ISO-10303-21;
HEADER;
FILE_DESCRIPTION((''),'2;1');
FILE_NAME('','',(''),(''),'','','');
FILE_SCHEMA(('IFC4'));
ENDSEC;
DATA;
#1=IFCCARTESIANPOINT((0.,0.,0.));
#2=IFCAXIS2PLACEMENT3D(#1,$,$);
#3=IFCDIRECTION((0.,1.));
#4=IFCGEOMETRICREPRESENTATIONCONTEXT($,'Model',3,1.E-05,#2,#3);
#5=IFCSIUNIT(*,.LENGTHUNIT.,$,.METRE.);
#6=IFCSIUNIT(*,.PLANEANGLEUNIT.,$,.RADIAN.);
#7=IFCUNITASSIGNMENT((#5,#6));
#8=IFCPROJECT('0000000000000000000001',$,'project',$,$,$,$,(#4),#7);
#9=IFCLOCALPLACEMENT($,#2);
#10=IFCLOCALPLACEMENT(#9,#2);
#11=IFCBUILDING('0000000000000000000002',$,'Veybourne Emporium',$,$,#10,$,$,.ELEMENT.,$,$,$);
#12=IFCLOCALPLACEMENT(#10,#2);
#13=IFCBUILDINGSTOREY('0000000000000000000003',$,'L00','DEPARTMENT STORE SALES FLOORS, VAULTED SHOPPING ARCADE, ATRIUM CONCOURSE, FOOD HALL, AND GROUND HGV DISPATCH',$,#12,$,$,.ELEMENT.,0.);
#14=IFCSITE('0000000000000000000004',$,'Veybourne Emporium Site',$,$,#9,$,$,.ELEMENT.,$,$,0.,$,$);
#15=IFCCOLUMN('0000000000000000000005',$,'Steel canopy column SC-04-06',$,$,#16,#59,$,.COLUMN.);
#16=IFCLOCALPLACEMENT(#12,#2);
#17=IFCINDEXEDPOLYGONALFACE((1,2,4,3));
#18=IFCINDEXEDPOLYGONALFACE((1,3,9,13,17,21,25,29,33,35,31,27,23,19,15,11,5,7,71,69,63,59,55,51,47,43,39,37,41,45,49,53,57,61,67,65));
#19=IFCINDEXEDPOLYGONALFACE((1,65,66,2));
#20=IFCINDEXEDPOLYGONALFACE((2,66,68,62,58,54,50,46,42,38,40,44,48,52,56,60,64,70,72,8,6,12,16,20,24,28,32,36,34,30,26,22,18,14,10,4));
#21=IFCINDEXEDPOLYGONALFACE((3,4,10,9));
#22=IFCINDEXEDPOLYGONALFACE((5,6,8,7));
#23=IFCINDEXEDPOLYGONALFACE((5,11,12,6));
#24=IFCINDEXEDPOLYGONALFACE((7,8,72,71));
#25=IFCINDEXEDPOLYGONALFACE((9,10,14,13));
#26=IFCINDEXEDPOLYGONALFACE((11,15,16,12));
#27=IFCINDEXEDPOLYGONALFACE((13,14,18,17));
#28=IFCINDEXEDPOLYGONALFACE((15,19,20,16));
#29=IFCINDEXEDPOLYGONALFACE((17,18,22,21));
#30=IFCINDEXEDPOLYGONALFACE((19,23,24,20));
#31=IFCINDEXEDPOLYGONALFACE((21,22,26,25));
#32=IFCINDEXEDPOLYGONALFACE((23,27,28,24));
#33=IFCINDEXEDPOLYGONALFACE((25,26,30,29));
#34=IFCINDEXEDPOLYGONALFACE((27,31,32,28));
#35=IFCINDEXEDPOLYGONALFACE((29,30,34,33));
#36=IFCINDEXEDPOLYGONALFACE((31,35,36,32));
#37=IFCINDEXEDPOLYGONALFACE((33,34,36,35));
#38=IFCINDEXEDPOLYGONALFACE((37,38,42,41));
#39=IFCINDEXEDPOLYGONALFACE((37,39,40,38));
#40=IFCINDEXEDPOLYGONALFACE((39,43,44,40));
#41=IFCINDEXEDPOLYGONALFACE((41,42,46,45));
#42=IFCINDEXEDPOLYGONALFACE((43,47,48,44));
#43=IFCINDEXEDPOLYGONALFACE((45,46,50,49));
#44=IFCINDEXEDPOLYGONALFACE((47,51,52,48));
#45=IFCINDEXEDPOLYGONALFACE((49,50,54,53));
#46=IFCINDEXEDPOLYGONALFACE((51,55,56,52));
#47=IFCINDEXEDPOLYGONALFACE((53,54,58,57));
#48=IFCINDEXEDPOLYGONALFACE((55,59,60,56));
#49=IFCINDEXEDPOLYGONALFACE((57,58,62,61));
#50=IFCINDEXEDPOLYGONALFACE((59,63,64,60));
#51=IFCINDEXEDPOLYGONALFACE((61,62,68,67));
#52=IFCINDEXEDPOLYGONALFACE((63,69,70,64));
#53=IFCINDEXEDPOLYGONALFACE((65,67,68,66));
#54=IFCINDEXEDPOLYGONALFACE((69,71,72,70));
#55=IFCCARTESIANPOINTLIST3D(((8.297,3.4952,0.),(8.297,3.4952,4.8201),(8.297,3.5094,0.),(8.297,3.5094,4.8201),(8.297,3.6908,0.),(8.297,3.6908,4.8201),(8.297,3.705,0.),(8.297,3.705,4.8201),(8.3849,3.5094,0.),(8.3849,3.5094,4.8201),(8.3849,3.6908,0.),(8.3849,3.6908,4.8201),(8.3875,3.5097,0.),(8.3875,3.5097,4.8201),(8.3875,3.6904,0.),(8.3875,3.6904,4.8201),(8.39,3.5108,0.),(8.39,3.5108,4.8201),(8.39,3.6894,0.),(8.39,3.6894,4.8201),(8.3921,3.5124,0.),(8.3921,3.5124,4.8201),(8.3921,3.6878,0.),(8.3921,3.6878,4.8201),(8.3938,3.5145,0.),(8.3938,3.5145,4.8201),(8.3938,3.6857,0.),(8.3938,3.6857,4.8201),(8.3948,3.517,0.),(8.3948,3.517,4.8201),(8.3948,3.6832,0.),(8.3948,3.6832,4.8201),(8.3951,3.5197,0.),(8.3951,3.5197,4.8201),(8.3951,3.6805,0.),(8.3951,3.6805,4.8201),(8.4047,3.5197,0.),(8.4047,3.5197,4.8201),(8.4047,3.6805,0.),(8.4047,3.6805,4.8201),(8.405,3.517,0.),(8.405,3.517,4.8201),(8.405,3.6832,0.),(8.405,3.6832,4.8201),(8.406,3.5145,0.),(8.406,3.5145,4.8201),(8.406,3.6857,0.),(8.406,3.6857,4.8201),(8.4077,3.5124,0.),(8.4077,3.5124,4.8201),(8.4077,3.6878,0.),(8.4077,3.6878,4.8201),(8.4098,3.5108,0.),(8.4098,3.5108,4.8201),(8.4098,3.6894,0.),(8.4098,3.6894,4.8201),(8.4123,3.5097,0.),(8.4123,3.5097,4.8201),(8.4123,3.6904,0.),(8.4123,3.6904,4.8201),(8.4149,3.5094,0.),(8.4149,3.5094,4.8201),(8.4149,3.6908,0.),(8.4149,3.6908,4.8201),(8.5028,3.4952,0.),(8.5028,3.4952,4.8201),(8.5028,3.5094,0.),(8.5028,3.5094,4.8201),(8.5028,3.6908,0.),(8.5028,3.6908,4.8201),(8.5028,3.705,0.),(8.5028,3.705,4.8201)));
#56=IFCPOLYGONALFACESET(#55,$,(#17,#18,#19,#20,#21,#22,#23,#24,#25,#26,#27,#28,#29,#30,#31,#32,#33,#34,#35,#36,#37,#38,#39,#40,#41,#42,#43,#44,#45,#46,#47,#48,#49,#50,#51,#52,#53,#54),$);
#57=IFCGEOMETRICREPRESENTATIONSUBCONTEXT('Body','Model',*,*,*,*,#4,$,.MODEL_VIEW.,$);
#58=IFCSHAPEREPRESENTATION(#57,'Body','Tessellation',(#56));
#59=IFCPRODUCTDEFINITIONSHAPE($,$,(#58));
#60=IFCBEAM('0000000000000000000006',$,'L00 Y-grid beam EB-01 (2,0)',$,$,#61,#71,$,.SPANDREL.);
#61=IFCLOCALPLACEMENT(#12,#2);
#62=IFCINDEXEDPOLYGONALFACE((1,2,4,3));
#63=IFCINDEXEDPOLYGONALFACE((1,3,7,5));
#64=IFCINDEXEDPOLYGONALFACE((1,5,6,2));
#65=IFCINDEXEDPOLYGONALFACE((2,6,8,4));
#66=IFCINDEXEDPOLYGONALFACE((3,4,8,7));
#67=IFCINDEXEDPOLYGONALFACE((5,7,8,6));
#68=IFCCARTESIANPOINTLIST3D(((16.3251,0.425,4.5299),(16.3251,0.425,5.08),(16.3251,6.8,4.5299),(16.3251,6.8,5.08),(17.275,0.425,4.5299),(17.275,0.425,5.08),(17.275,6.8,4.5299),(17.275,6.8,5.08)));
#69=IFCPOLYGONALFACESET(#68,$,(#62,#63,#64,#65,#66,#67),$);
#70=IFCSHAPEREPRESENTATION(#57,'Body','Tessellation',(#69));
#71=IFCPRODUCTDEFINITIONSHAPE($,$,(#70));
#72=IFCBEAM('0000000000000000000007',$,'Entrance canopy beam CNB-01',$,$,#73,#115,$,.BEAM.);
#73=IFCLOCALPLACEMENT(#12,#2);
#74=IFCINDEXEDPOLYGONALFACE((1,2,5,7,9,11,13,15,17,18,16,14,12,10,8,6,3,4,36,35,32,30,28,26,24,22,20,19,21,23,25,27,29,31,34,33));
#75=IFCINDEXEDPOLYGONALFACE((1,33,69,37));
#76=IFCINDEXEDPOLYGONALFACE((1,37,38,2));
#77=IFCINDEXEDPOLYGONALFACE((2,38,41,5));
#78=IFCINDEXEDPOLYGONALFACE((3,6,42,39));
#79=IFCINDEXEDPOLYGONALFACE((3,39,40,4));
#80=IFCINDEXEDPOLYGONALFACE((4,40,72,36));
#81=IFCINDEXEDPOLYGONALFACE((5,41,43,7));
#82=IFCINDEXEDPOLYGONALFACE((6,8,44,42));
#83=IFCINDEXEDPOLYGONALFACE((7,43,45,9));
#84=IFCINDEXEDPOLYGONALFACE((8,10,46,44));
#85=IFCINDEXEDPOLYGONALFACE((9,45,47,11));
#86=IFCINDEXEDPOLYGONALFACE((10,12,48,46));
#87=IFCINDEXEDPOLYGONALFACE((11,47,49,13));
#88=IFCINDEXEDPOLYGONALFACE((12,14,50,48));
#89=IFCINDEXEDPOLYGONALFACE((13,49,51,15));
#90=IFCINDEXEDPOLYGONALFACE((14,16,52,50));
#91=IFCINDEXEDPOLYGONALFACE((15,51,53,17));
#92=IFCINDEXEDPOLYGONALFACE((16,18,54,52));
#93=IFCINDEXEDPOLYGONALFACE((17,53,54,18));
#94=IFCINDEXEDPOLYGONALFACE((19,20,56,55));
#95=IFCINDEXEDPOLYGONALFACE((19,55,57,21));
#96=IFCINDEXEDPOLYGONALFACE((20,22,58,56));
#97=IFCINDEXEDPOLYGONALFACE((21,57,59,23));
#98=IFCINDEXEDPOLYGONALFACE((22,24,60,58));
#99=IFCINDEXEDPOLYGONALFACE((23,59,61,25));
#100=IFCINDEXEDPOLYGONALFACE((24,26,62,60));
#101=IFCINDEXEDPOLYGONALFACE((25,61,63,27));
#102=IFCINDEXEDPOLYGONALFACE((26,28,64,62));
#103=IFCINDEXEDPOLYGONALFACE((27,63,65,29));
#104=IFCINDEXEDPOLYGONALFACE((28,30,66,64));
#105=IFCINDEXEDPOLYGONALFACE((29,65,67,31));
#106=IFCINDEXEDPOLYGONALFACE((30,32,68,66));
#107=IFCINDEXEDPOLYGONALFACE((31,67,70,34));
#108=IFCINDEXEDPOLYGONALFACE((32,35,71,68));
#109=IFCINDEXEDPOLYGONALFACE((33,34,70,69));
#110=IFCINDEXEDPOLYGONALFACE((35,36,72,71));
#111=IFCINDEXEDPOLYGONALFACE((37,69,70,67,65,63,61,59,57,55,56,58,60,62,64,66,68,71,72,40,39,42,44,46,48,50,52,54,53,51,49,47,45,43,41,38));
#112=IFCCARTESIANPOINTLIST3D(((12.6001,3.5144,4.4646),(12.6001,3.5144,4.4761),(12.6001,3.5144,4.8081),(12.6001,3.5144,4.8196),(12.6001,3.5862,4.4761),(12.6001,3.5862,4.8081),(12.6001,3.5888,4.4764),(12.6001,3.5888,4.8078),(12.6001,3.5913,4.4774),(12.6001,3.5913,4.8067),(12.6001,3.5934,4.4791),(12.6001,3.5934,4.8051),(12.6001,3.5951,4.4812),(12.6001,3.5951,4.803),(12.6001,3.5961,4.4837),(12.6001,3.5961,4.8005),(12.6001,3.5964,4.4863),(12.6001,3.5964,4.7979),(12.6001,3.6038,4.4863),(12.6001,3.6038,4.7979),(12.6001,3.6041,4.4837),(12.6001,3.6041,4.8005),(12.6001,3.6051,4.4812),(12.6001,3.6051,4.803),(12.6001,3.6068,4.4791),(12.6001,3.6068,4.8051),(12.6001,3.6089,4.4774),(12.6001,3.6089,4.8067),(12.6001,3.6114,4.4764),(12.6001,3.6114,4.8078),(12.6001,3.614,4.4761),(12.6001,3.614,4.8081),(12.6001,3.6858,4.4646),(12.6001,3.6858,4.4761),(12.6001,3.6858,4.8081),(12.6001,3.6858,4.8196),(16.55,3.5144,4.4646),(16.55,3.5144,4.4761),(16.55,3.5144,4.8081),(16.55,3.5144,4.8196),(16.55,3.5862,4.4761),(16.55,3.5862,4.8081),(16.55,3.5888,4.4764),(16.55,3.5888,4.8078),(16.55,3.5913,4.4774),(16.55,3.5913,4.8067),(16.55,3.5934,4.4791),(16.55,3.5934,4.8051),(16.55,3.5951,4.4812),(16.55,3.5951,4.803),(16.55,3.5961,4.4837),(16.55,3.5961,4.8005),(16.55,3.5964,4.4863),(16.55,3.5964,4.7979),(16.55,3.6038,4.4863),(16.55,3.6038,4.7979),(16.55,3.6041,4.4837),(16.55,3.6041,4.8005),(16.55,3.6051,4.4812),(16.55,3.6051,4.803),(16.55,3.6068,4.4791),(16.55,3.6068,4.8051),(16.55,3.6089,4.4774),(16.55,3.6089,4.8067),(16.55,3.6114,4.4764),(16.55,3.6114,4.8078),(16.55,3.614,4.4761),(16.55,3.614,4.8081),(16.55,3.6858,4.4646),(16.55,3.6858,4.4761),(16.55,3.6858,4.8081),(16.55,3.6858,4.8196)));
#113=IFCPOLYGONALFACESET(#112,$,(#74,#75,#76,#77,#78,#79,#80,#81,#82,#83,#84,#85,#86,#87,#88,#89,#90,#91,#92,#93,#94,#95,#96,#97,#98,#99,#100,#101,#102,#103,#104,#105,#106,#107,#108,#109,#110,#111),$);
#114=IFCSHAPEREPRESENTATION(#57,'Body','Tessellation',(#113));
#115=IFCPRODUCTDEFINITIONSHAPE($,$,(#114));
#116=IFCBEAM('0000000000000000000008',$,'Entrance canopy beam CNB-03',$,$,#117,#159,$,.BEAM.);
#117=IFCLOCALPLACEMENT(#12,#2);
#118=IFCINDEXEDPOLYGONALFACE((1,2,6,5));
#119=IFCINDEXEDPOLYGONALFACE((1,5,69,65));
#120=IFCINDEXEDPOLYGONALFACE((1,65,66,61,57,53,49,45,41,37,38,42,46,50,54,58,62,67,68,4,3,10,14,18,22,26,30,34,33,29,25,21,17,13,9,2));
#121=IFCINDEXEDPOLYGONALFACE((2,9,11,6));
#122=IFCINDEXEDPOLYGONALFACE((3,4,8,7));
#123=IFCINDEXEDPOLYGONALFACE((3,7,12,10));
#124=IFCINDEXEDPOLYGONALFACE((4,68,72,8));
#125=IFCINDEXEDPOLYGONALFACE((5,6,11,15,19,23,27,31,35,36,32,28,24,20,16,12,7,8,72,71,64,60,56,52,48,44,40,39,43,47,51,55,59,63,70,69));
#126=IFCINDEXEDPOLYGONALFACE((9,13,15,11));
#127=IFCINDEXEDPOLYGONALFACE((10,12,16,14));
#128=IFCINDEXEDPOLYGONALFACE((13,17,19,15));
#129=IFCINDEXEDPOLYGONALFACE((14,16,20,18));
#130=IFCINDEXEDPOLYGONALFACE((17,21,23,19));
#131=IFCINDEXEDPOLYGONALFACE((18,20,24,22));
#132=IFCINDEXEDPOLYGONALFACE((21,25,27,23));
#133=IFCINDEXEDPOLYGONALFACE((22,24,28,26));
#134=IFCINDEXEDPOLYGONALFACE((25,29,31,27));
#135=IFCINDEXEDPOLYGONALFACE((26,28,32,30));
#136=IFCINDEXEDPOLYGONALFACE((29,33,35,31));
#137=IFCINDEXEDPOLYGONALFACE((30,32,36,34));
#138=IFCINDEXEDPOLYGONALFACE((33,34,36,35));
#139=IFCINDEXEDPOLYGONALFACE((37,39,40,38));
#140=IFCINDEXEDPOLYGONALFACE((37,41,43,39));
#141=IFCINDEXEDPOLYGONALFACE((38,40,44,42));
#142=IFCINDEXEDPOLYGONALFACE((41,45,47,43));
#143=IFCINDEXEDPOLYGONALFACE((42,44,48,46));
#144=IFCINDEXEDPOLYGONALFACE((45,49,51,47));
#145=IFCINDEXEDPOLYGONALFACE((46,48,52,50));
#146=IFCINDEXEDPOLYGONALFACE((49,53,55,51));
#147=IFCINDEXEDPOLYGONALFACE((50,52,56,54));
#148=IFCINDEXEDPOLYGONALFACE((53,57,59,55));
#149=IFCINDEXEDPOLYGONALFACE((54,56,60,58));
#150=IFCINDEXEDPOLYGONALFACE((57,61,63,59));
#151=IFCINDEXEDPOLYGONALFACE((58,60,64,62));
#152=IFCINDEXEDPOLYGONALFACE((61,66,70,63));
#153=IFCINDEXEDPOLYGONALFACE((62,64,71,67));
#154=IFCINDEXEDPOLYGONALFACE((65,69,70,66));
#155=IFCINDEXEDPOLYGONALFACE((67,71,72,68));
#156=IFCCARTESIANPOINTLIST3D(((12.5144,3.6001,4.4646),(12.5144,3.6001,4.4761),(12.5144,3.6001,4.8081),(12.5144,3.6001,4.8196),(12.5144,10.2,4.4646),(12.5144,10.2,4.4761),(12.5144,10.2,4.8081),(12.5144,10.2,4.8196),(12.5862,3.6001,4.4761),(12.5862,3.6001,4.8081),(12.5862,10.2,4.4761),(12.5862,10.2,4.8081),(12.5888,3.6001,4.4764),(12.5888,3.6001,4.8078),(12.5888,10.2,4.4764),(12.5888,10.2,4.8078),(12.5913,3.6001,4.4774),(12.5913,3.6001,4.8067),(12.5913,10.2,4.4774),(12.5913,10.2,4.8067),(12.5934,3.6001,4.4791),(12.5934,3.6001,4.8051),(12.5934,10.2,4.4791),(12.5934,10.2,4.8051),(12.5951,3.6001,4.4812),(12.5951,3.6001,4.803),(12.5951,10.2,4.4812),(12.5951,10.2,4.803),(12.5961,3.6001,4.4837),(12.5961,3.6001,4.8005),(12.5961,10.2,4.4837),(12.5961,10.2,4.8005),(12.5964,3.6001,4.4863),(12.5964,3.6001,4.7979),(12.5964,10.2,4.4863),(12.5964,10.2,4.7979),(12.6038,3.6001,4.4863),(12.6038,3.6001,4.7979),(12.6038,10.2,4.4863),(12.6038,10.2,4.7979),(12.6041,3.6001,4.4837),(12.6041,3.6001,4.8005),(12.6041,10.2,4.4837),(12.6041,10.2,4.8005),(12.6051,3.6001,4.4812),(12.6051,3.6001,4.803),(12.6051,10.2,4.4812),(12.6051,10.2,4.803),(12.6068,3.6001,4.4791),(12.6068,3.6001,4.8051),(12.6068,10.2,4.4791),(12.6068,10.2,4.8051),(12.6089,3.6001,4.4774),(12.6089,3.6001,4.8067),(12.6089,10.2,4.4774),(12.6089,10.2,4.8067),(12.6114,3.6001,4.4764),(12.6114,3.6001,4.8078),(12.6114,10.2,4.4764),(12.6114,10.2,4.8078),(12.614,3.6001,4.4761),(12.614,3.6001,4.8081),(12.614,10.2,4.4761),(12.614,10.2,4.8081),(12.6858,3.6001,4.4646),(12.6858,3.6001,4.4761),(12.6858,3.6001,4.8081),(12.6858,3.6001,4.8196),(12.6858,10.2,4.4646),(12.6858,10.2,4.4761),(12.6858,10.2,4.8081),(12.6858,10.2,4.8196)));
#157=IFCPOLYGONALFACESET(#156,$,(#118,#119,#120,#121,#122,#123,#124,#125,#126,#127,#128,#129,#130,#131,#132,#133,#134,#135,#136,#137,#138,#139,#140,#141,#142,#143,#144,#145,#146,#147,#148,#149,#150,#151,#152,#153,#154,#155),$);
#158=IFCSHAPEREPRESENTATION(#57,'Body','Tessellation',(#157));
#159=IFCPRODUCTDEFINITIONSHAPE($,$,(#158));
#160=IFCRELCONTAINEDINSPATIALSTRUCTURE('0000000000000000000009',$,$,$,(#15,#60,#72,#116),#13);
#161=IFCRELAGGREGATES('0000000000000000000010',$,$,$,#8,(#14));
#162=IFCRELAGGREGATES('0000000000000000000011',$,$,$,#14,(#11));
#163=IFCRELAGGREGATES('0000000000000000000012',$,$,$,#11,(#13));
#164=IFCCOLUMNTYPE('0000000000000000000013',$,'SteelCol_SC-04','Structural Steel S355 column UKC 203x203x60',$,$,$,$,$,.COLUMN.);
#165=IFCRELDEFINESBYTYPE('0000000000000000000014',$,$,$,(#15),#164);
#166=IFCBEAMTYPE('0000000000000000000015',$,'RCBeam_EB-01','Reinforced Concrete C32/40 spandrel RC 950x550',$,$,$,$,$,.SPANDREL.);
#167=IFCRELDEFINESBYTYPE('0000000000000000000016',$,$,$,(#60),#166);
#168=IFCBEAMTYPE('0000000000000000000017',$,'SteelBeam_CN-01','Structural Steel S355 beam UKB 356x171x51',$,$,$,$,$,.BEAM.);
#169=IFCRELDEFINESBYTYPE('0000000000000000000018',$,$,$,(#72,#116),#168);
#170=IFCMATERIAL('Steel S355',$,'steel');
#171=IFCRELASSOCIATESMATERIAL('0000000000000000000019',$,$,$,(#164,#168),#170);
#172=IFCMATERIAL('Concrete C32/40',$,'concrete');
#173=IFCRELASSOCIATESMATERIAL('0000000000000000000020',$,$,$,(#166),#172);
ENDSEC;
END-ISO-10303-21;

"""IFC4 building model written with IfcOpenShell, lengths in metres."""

from ifc_helpers import new_model, si_unit, direction, frame, origin, origin_2d, place, context, subcontext, project, spatial, rectangle, i_section, extrude, material, material_profile, profile_set, type_object, element, save


model = new_model("IFC4")

# Units and contexts
model_context = context("Model", 3, precision=1e-05, world=origin(), true_north=direction((0.0, 1.0)))
body_context = subcontext(model_context, "Body", "Model", "MODEL_VIEW")
ifc_project = project(units=[si_unit("LENGTHUNIT", "METRE"), si_unit("PLANEANGLEUNIT", "RADIAN")], contexts=[model_context])

# Site, building, storey
site_placement = place(None, origin())
site = spatial("IfcSite", under=ifc_project, at=site_placement, Name="Veybourne Emporium Site", CompositionType="ELEMENT", RefElevation=0.0)
building_placement = place(site_placement, origin())
building = spatial("IfcBuilding", under=site, at=building_placement, Name="Veybourne Emporium", CompositionType="ELEMENT")
storey_placement = place(building_placement, origin())
storey = spatial("IfcBuildingStorey", under=building, at=storey_placement, Name="L00", Description="DEPARTMENT STORE SALES FLOORS, VAULTED SHOPPING ARCADE, ATRIUM CONCOURSE, FOOD HALL, AND GROUND HGV DISPATCH", CompositionType="ELEMENT", Elevation=0.0)

# Column
ifc_material_1 = material(Name="Steel S355", Category="steel")
ifc_material_profile_1 = material_profile(ifc_material_1, i_section(OverallWidth=0.2058, OverallDepth=0.2097, WebThickness=0.0095, FlangeThickness=0.0142, FilletRadius=0.0103, at=origin_2d()), Name="UKC 203x203x60")
ifc_profile_set_1 = profile_set([ifc_material_profile_1], Name="Steel S355")
column_type_1 = type_object("IfcColumnType", Name="SteelCol_SC-04", Description="Structural Steel S355 column UKC 203x203x60", PredefinedType="COLUMN", material=ifc_profile_set_1)
for number, where, z_axis, x_axis, name in (
    (1, (8.3999, 3.6001, 0.0), (0.0, 0.0, 1.0), (1.0, 0.0, 0.0), "Steel canopy column SC-04-06"),
):
    element("IfcColumn", number, at=place(storey_placement, frame(where, z_axis=z_axis, x_axis=x_axis)), inside=storey, type_object=column_type_1, Name=name, PredefinedType="COLUMN", context=body_context, shape_type="SweptSolid", body=[
        extrude(i_section(OverallWidth=0.2058, OverallDepth=0.2097, WebThickness=0.0095, FlangeThickness=0.0142, FilletRadius=0.0103, at=origin_2d()), origin(), (0.0, 0.0, 1.0), 4.8201),
    ])

# Beams
ifc_material_2 = material(Name="Concrete C32/40", Category="concrete")
ifc_material_profile_2 = material_profile(ifc_material_2, rectangle(XDim=0.95, YDim=0.55, at=origin_2d()), Name="RC 950x550")
ifc_profile_set_2 = profile_set([ifc_material_profile_2], Name="Concrete C32/40")
beam_type_1 = type_object("IfcBeamType", Name="RCBeam_EB-01", Description="Reinforced Concrete C32/40 spandrel RC 950x550", PredefinedType="SPANDREL", material=ifc_profile_set_2)
beam_1_placement = place(storey_placement, frame((16.8, 0.425, 4.8049), z_axis=(0.0, 1.0, 0.0), x_axis=(-1.0, 0.0, 0.0)))
element("IfcBeam", 2, at=beam_1_placement, inside=storey, type_object=beam_type_1, Name="L00 Y-grid beam EB-01 (2,0)", PredefinedType="SPANDREL", context=body_context, shape_type="SweptSolid", body=[
    extrude(rectangle(XDim=0.95, YDim=0.55, at=origin_2d()), origin(), (0.0, 0.0, 1.0), 6.375),
])
ifc_material_profile_3 = material_profile(ifc_material_1, i_section(OverallWidth=0.1714, OverallDepth=0.355, WebThickness=0.0073, FlangeThickness=0.0115, FilletRadius=0.0103, at=origin_2d()), Name="UKB 356x171x51")
ifc_profile_set_3 = profile_set([ifc_material_profile_3], Name="Steel S355")
beam_type_2 = type_object("IfcBeamType", Name="SteelBeam_CN-01", Description="Structural Steel S355 beam UKB 356x171x51", PredefinedType="BEAM", material=ifc_profile_set_3)
beam_2_placement = place(storey_placement, frame((12.6001, 3.6001, 4.6421), z_axis=(1.0, 0.0, 0.0), x_axis=(0.0, 1.0, 0.0)))
element("IfcBeam", 3, at=beam_2_placement, inside=storey, type_object=beam_type_2, Name="Entrance canopy beam CNB-01", PredefinedType="BEAM", context=body_context, shape_type="SweptSolid", body=[
    extrude(i_section(OverallWidth=0.1714, OverallDepth=0.355, WebThickness=0.0073, FlangeThickness=0.0115, FilletRadius=0.0103, at=origin_2d()), origin(), (0.0, 0.0, 1.0), 3.95),
])
beam_3_placement = place(storey_placement, frame((12.6001, 3.6001, 4.6421), z_axis=(0.0, 1.0, 0.0), x_axis=(-1.0, 0.0, 0.0)))
element("IfcBeam", 4, at=beam_3_placement, inside=storey, type_object=beam_type_2, Name="Entrance canopy beam CNB-03", PredefinedType="BEAM", context=body_context, shape_type="SweptSolid", body=[
    extrude(i_section(OverallWidth=0.1714, OverallDepth=0.355, WebThickness=0.0073, FlangeThickness=0.0115, FilletRadius=0.0103, at=origin_2d()), origin(), (0.0, 0.0, 1.0), 6.5999),
])

save(model, "model.ifc")
